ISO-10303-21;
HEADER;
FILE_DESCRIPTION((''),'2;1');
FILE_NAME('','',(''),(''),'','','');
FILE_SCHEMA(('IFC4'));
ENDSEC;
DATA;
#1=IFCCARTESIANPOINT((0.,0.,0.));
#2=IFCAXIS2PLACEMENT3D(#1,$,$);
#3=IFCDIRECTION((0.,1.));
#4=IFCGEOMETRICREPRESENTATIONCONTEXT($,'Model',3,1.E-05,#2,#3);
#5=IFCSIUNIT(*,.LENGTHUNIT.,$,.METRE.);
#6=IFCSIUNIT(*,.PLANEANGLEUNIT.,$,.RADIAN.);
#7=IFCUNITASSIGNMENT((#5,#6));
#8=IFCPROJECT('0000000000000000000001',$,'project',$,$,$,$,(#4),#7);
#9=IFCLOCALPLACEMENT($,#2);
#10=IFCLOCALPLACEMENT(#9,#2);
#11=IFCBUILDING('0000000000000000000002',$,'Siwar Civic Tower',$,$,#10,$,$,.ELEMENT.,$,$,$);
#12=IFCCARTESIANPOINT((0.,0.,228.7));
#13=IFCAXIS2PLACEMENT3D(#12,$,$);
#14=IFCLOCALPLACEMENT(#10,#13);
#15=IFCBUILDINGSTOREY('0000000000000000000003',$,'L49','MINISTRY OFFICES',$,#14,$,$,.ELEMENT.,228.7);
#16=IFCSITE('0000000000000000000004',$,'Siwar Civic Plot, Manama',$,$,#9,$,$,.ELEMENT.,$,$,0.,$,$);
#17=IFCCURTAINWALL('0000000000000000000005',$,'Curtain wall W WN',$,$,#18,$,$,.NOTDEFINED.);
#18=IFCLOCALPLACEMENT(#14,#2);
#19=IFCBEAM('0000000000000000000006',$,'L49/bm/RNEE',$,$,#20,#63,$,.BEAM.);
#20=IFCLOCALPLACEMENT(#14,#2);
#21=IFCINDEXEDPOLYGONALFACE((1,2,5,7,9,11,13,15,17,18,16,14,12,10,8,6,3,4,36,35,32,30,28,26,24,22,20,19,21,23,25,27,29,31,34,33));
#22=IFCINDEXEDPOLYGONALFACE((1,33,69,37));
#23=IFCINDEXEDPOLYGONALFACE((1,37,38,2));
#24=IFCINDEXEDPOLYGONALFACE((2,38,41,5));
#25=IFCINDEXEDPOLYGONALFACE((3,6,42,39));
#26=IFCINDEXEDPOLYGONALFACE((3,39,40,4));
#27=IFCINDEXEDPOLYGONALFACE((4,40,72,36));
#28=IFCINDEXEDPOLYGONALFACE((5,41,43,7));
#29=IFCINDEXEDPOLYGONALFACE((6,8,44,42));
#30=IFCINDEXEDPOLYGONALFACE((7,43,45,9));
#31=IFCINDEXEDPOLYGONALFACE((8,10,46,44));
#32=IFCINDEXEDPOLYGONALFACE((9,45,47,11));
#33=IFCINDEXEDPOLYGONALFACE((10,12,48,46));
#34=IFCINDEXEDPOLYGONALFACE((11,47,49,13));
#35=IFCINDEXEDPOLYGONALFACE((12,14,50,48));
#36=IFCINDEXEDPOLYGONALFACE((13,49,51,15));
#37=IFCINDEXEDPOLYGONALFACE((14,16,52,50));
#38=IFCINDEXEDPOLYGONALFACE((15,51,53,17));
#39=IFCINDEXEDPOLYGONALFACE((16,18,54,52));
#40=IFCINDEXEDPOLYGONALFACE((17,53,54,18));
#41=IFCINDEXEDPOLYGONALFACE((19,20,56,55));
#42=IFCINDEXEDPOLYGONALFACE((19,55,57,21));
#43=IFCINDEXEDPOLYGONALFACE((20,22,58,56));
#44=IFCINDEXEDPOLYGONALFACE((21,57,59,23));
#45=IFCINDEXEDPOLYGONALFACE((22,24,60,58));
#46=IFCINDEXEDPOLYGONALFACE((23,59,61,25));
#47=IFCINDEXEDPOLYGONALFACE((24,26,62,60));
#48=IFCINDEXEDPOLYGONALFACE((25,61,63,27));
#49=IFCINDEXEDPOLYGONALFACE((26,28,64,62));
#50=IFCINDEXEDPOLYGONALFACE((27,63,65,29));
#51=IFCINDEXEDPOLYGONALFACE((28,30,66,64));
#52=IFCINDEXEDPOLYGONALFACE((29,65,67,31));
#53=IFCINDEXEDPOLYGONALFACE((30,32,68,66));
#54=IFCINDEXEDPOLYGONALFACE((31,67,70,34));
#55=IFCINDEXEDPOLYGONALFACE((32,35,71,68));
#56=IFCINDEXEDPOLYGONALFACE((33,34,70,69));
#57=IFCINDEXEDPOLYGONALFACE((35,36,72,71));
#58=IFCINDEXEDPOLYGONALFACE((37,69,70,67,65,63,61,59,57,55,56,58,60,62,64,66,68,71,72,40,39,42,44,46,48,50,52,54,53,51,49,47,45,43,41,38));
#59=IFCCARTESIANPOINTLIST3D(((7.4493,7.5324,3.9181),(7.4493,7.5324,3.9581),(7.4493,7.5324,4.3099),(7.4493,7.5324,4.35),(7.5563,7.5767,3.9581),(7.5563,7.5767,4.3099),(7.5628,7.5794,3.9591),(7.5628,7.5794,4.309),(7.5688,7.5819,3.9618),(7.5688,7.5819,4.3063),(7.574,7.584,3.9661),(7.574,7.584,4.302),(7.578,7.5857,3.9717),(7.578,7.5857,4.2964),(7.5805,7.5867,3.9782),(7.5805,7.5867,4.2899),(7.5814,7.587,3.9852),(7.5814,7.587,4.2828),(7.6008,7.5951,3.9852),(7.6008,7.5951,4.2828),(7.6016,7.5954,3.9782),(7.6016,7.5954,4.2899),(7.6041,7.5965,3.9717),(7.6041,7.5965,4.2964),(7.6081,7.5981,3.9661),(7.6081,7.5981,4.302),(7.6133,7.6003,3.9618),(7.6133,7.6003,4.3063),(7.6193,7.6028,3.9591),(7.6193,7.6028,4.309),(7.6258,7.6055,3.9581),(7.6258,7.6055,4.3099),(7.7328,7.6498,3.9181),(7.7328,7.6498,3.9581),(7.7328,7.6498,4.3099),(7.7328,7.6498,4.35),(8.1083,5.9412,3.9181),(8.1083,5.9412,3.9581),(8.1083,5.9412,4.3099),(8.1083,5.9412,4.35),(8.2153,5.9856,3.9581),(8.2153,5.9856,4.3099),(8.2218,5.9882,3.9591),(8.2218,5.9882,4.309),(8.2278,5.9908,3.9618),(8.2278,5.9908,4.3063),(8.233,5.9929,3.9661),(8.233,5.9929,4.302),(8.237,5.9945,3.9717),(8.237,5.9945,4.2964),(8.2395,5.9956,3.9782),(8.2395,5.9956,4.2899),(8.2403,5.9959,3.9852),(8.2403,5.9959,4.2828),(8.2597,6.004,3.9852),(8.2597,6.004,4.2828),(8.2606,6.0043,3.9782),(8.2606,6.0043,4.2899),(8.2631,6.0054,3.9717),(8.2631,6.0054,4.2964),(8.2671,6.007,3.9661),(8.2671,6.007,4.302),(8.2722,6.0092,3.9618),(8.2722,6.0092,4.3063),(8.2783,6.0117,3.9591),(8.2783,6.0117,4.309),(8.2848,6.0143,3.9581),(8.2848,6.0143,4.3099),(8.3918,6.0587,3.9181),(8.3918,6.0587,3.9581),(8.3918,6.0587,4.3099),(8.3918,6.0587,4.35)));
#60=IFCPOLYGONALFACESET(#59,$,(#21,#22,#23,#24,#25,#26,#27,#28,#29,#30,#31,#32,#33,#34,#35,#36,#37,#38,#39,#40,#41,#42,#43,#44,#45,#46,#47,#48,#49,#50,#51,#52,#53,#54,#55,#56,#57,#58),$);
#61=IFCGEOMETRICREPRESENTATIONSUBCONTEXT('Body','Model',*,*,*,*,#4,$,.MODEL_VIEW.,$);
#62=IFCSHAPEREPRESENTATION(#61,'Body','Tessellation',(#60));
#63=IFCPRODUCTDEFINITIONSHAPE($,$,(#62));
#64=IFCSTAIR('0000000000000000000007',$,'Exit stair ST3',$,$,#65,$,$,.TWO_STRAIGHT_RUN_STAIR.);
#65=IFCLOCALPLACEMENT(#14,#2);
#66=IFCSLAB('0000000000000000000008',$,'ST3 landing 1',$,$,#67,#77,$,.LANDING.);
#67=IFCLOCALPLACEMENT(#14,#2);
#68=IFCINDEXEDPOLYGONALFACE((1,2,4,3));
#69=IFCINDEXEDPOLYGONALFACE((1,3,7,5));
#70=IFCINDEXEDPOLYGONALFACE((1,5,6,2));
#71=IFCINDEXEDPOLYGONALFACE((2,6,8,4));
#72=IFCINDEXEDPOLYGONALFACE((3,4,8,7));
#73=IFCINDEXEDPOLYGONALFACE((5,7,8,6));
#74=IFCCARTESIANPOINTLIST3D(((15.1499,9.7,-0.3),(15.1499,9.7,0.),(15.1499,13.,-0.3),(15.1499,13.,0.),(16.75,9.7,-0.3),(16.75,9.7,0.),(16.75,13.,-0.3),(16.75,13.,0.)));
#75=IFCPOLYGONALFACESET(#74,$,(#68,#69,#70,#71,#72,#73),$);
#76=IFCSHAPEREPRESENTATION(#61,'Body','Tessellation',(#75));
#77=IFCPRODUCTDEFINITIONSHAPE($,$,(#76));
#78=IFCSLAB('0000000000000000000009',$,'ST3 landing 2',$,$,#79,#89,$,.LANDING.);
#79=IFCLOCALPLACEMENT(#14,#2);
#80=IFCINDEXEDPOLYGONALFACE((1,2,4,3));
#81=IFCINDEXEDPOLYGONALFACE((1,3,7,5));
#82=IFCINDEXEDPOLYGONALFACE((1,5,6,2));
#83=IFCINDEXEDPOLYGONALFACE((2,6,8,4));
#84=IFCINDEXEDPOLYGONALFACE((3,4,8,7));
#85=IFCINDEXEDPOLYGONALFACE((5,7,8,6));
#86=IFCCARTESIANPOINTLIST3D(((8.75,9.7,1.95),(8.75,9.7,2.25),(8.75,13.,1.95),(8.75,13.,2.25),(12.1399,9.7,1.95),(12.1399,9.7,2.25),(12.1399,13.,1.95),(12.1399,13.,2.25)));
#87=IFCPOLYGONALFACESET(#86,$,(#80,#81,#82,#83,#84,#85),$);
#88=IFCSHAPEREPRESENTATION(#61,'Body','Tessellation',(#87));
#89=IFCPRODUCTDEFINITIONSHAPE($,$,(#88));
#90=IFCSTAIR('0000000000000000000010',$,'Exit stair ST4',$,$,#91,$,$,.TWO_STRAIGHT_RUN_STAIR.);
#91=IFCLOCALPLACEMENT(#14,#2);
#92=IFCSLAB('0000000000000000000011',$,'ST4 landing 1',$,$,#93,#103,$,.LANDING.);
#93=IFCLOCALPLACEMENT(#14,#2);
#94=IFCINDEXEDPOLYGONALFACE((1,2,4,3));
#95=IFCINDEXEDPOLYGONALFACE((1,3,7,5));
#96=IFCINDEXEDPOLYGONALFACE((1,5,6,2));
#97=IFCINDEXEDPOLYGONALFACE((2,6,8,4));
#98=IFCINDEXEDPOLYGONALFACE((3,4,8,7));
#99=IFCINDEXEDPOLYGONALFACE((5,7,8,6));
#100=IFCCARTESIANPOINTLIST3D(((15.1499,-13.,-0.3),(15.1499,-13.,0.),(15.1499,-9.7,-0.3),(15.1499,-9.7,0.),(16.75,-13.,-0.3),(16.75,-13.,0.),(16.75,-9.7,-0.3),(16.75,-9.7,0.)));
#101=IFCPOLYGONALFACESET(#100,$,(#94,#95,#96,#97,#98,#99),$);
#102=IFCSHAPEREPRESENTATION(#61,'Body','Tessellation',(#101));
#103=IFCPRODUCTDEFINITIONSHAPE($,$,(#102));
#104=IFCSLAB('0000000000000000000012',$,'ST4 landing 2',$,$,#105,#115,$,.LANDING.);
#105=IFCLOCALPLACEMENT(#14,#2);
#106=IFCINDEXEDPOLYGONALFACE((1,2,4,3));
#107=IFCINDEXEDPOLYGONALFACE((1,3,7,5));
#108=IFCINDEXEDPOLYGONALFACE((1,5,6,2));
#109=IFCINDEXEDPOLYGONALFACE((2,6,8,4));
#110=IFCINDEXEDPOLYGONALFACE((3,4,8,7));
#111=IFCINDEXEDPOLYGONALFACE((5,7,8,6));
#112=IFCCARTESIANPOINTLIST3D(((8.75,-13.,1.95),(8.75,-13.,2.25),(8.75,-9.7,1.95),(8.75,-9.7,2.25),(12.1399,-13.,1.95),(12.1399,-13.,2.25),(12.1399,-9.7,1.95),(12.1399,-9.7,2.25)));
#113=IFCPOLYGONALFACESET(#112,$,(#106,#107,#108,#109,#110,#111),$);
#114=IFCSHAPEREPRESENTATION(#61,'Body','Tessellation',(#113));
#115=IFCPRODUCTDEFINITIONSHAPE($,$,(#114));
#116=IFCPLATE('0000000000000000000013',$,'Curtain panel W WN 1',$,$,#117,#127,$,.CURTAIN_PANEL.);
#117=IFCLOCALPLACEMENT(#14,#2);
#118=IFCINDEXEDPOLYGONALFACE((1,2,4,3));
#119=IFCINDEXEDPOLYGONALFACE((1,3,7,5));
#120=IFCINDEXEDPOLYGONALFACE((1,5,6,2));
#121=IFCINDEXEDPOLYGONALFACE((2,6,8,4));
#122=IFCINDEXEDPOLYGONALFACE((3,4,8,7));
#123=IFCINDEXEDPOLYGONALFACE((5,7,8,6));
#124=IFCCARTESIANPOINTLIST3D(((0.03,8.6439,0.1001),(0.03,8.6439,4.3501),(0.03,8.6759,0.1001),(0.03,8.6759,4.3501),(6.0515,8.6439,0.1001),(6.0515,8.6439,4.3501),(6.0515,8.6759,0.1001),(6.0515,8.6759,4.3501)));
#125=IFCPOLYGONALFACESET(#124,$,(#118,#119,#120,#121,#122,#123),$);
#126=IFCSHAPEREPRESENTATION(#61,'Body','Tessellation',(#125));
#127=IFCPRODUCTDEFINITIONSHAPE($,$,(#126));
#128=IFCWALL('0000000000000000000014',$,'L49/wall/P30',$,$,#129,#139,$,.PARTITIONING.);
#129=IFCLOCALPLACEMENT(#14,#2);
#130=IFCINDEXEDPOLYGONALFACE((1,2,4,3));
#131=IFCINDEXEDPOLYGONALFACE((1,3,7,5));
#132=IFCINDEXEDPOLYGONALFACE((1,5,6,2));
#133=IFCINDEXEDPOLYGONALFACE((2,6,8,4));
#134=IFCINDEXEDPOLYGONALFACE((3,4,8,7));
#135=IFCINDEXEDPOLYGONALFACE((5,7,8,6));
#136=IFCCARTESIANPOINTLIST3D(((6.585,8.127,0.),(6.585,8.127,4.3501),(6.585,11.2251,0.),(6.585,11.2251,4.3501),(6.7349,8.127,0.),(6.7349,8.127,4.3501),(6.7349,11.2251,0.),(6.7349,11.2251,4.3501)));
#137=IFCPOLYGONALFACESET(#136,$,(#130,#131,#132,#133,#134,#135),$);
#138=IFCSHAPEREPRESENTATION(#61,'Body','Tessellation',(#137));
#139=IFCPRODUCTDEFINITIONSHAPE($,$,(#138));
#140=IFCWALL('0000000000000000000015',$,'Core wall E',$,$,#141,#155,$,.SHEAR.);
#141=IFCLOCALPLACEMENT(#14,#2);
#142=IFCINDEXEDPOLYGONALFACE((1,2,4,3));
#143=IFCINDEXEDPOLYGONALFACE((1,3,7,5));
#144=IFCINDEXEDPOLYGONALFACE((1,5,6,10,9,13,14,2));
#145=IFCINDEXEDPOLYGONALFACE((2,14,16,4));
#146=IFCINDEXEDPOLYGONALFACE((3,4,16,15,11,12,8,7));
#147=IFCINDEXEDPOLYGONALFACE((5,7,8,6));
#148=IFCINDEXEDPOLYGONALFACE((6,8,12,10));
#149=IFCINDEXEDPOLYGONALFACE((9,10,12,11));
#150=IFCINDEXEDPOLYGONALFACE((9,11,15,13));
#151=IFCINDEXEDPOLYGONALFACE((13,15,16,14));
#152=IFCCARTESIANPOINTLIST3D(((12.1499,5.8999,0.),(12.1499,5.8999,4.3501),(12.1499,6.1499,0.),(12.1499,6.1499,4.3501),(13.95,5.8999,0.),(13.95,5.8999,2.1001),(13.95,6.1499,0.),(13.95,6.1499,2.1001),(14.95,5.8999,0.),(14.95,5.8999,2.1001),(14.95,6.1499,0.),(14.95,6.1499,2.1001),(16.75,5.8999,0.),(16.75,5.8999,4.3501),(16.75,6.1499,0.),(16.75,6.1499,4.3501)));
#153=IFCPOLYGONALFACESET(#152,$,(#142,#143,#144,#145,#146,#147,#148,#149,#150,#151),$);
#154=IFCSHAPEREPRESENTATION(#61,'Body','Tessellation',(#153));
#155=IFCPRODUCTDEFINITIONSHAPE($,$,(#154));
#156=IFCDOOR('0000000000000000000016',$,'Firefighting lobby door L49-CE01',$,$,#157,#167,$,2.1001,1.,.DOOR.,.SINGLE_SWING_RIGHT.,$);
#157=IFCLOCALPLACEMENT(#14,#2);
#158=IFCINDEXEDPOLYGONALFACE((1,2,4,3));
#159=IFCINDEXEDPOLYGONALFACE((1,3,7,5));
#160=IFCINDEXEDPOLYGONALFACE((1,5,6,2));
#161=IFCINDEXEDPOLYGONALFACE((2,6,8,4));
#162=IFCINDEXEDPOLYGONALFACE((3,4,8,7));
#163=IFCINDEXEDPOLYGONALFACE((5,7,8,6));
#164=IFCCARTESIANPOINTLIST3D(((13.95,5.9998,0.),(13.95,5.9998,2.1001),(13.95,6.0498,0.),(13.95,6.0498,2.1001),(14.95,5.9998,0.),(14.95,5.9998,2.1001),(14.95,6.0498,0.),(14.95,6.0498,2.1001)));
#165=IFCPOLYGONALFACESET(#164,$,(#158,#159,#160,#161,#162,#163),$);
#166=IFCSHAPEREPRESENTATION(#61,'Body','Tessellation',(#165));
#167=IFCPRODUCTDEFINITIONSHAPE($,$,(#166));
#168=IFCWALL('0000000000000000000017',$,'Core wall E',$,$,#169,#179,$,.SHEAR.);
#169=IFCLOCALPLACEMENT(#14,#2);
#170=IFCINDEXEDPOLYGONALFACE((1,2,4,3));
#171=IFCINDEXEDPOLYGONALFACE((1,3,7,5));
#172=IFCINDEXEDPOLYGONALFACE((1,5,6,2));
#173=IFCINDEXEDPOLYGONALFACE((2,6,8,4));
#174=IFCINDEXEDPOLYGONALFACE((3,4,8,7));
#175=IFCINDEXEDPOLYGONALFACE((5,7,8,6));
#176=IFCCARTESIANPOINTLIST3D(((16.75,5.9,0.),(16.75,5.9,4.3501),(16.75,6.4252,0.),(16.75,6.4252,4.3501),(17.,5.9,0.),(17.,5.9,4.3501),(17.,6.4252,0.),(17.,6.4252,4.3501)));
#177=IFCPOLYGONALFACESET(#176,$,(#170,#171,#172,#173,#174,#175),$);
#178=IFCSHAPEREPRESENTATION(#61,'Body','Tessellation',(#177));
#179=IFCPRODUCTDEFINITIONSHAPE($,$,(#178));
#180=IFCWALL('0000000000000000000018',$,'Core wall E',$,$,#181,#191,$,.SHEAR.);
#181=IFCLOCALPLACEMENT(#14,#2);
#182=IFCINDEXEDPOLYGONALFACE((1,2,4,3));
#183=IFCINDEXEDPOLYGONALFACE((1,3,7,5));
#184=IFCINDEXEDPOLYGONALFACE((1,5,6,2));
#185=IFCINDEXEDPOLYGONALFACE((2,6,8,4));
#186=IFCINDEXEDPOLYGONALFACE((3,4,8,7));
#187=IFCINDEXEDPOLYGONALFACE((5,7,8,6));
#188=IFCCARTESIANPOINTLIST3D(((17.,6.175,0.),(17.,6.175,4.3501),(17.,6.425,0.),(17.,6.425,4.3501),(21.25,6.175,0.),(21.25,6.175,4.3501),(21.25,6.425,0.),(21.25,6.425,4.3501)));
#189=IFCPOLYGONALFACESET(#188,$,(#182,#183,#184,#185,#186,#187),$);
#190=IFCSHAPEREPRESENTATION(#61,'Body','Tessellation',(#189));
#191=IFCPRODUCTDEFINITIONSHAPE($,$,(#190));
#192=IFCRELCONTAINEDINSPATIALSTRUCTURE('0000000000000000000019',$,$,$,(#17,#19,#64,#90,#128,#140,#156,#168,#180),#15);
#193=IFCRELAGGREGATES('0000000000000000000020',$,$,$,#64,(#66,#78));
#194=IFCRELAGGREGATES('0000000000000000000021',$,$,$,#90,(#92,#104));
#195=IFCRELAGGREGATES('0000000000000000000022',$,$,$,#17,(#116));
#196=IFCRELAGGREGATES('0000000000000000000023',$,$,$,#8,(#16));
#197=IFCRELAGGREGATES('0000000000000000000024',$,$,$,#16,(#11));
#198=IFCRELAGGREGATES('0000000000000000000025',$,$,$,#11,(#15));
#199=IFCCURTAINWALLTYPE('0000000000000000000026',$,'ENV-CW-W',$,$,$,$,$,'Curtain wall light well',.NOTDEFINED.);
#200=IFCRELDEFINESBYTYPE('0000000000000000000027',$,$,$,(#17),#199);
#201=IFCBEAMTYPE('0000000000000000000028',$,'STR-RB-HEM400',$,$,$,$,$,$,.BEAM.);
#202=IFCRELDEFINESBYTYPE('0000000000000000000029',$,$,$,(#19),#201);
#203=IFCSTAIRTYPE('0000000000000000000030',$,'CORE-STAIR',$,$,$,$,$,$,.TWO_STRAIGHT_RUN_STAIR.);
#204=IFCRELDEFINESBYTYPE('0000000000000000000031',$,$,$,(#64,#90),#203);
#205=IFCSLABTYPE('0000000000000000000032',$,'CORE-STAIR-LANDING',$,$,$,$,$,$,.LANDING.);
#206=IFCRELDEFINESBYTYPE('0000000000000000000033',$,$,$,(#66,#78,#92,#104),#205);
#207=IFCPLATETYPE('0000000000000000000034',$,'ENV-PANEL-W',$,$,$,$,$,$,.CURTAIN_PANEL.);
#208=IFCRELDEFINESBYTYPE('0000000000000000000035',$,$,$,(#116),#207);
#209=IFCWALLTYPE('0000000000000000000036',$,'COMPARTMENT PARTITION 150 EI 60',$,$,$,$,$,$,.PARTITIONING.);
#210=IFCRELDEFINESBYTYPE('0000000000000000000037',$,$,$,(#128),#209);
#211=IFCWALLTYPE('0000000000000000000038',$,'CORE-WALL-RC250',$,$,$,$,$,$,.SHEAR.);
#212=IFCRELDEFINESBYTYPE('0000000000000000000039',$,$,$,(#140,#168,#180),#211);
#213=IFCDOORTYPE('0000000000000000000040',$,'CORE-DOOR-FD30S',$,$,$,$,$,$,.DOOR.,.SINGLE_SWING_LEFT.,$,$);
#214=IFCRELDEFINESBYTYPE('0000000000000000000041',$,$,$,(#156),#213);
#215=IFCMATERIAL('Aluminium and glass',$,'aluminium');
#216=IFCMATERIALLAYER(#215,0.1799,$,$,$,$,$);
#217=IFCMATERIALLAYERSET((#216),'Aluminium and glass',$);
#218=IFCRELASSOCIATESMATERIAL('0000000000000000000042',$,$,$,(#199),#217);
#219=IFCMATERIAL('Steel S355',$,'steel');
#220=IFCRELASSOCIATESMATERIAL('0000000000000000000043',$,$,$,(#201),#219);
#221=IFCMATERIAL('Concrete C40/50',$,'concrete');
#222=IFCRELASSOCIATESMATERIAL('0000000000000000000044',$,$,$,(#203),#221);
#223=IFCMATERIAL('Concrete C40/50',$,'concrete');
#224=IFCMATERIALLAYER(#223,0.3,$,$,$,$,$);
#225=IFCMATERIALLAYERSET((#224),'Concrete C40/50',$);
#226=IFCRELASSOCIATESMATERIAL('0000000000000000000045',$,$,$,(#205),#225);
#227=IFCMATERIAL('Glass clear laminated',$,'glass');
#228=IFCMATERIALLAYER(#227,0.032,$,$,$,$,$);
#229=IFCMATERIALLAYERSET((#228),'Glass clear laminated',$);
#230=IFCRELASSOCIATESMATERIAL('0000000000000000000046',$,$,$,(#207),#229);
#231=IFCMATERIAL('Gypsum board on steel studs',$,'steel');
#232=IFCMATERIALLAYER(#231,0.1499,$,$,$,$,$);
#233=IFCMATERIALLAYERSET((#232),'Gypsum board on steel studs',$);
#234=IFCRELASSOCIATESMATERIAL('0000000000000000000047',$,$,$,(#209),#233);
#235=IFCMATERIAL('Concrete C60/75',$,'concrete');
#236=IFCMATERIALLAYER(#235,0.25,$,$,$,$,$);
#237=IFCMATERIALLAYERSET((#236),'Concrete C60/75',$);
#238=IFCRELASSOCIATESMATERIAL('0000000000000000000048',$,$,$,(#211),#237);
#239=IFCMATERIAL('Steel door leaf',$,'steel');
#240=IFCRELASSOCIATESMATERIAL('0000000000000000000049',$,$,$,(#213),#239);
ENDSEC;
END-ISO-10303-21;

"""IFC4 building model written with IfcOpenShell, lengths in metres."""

from ifc_helpers import new_model, si_unit, direction, frame, frame_2d, origin, origin_2d, place, context, subcontext, project, spatial, polyline, rectangle, i_section, outline, extrude, material, layer, layer_set, material_profile, profile_set, type_object, element, fill, aggregate, save


model = new_model("IFC4")

# Units and contexts
model_context = context("Model", 3, precision=1e-05, world=origin(), true_north=direction((0.0, 1.0)))
body_context = subcontext(model_context, "Body", "Model", "MODEL_VIEW")
ifc_project = project(units=[si_unit("LENGTHUNIT", "METRE"), si_unit("PLANEANGLEUNIT", "RADIAN")], contexts=[model_context])

# Site, building, storey
site_placement = place(None, origin())
site = spatial("IfcSite", under=ifc_project, at=site_placement, Name="Siwar Civic Plot, Manama", CompositionType="ELEMENT", RefElevation=0.0)
building_placement = place(site_placement, origin())
building = spatial("IfcBuilding", under=site, at=building_placement, Name="Siwar Civic Tower", CompositionType="ELEMENT")
storey_placement = place(building_placement, frame((0.0, 0.0, 228.7)))
storey = spatial("IfcBuildingStorey", under=building, at=storey_placement, Name="L49", Description="MINISTRY OFFICES", CompositionType="ELEMENT", Elevation=228.7)

# Curtain wall
ifc_material_1 = material(Name="Aluminium and glass", Category="aluminium")
ifc_layer_1 = layer(ifc_material_1, 0.1799)
ifc_layer_set_1 = layer_set([ifc_layer_1], Name="Aluminium and glass")
curtain_wall_type = type_object("IfcCurtainWallType", Name="ENV-CW-W", ElementType="Curtain wall light well", PredefinedType="NOTDEFINED", material=ifc_layer_set_1)
curtain_wall_placement = place(storey_placement, origin())
curtain_wall = element("IfcCurtainWall", 1, at=curtain_wall_placement, inside=storey, type_object=curtain_wall_type, Name="Curtain wall W WN", PredefinedType="NOTDEFINED")

# Beam
ifc_material_2 = material(Name="Steel S355", Category="steel")
ifc_material_profile_1 = material_profile(ifc_material_2, i_section(OverallWidth=0.3069, OverallDepth=0.4319, WebThickness=0.021, FlangeThickness=0.04, FilletRadius=0.0271, at=origin_2d()), Name="HEM400")
ifc_profile_set_1 = profile_set([ifc_material_profile_1], Name="Steel S355")
beam_type_1 = type_object("IfcBeamType", Name="STR-RB-HEM400", PredefinedType="BEAM", material=ifc_profile_set_1)
for number, where, z_axis, x_axis, name in (
    (2, (7.5911, 7.5911, 4.134), (0.382631, -0.923901, 0.0), (0.923901, 0.382631, 0.0), "L49/bm/RNEE"),
):
    element("IfcBeam", number, at=place(storey_placement, frame(where, z_axis=z_axis, x_axis=x_axis)), inside=storey, type_object=beam_type_1, Name=name, PredefinedType="BEAM", context=body_context, shape_type="SweptSolid", body=[
        extrude(i_section(OverallWidth=0.3069, OverallDepth=0.4319, WebThickness=0.021, FlangeThickness=0.04, FilletRadius=0.0271, at=origin_2d()), origin(), (0.0, 0.0, 1.0), 1.7222),
    ])

# Stairs, slabs
ifc_material_3 = material(Name="Concrete C40/50", Category="concrete")
stair_type = type_object("IfcStairType", Name="CORE-STAIR", PredefinedType="TWO_STRAIGHT_RUN_STAIR", material=ifc_material_3)
stair_1_placement = place(storey_placement, origin())
stair_1 = element("IfcStair", 3, at=stair_1_placement, inside=storey, type_object=stair_type, Name="Exit stair ST3", PredefinedType="TWO_STRAIGHT_RUN_STAIR")
ifc_material_4 = material(Name="Concrete C40/50", Category="concrete")
ifc_layer_2 = layer(ifc_material_4, 0.3)
ifc_layer_set_2 = layer_set([ifc_layer_2], Name="Concrete C40/50")
slab_type = type_object("IfcSlabType", Name="CORE-STAIR-LANDING", PredefinedType="LANDING", material=ifc_layer_set_2)
slab_1_placement = place(storey_placement, frame((0.0, 0.0, -0.3)))
slab_1 = element("IfcSlab", 4, at=slab_1_placement, type_object=slab_type, Name="ST3 landing 1", PredefinedType="LANDING", context=body_context, shape_type="SweptSolid", body=[
    extrude(outline(polyline([(15.1499, 9.7), (16.75, 9.7), (16.75, 13.0), (15.1499, 13.0), (15.1499, 9.7)])), origin(), (0.0, 0.0, 1.0), 0.3),
])
slab_2_placement = place(storey_placement, frame((0.0, 0.0, 1.95)))
slab_2 = element("IfcSlab", 5, at=slab_2_placement, type_object=slab_type, Name="ST3 landing 2", PredefinedType="LANDING", context=body_context, shape_type="SweptSolid", body=[
    extrude(outline(polyline([(8.75, 9.7), (12.1399, 9.7), (12.1399, 13.0), (8.75, 13.0), (8.75, 9.7)])), origin(), (0.0, 0.0, 1.0), 0.3),
])
aggregate(stair_1, [slab_1, slab_2])
stair_2_placement = place(storey_placement, origin())
stair_2 = element("IfcStair", 6, at=stair_2_placement, inside=storey, type_object=stair_type, Name="Exit stair ST4", PredefinedType="TWO_STRAIGHT_RUN_STAIR")
slab_3_placement = place(storey_placement, frame((0.0, 0.0, -0.3)))
slab_3 = element("IfcSlab", 7, at=slab_3_placement, type_object=slab_type, Name="ST4 landing 1", PredefinedType="LANDING", context=body_context, shape_type="SweptSolid", body=[
    extrude(outline(polyline([(15.1499, -13.0), (16.75, -13.0), (16.75, -9.7), (15.1499, -9.7), (15.1499, -13.0)])), origin(), (0.0, 0.0, 1.0), 0.3),
])
slab_4_placement = place(storey_placement, frame((0.0, 0.0, 1.95)))
slab_4 = element("IfcSlab", 8, at=slab_4_placement, type_object=slab_type, Name="ST4 landing 2", PredefinedType="LANDING", context=body_context, shape_type="SweptSolid", body=[
    extrude(outline(polyline([(8.75, -13.0), (12.1399, -13.0), (12.1399, -9.7), (8.75, -9.7), (8.75, -13.0)])), origin(), (0.0, 0.0, 1.0), 0.3),
])
aggregate(stair_2, [slab_3, slab_4])

# Plate
ifc_material_5 = material(Name="Glass clear laminated", Category="glass")
ifc_layer_3 = layer(ifc_material_5, 0.032)
ifc_layer_set_3 = layer_set([ifc_layer_3], Name="Glass clear laminated")
plate_type = type_object("IfcPlateType", Name="ENV-PANEL-W", PredefinedType="CURTAIN_PANEL", material=ifc_layer_set_3)
plate_placement = place(storey_placement, frame((3.0408, 8.6599, 0.1001), z_axis=(0.0, 0.0, 1.0), x_axis=(-1.0, 0.0, 0.0)))
plate = element("IfcPlate", 9, at=plate_placement, type_object=plate_type, Name="Curtain panel W WN 1", PredefinedType="CURTAIN_PANEL", context=body_context, shape_type="SweptSolid", body=[
    extrude(rectangle(XDim=6.0215, YDim=0.032, at=origin_2d()), origin(), (0.0, 0.0, 1.0), 4.25),
])
aggregate(curtain_wall, [plate])

# Wall
ifc_material_6 = material(Name="Gypsum board on steel studs", Category="steel")
ifc_layer_4 = layer(ifc_material_6, 0.1499)
ifc_layer_set_4 = layer_set([ifc_layer_4], Name="Gypsum board on steel studs")
wall_type_1 = type_object("IfcWallType", Name="COMPARTMENT PARTITION 150 EI 60", PredefinedType="PARTITIONING", material=ifc_layer_set_4)
wall_1_placement = place(storey_placement, frame((6.6599, 8.127, 0.0), z_axis=(0.0, 0.0, 1.0), x_axis=(0.0, 1.0, 0.0)))
element("IfcWall", 10, at=wall_1_placement, inside=storey, type_object=wall_type_1, Name="L49/wall/P30", PredefinedType="PARTITIONING", context=body_context, shape_type="SweptSolid", body=[
    extrude(rectangle(XDim=3.0981, YDim=0.1499, at=frame_2d((1.5491, 0.0))), origin(), (0.0, 0.0, 1.0), 4.3501),
])

# Wall, opening, door
ifc_material_7 = material(Name="Concrete C60/75", Category="concrete")
ifc_layer_5 = layer(ifc_material_7, 0.25)
ifc_layer_set_5 = layer_set([ifc_layer_5], Name="Concrete C60/75")
wall_type_2 = type_object("IfcWallType", Name="CORE-WALL-RC250", PredefinedType="SHEAR", material=ifc_layer_set_5)
wall_2_placement = place(storey_placement, frame((12.1499, 6.0249, 0.0), z_axis=(0.0, 0.0, 1.0), x_axis=(1.0, 0.0, 0.0)))
wall_2 = element("IfcWall", 11, at=wall_2_placement, inside=storey, type_object=wall_type_2, Name="Core wall E", PredefinedType="SHEAR", context=body_context, shape_type="SweptSolid", body=[
    extrude(rectangle(XDim=4.6001, YDim=0.25, at=frame_2d((2.3, 0.0))), origin(), (0.0, 0.0, 1.0), 4.3501),
])
opening_placement = place(wall_2_placement, frame((1.8, 0.0, 0.0)))
opening = element("IfcOpeningElement", 12, at=opening_placement, cuts=wall_2, PredefinedType="OPENING", context=body_context, shape_type="SweptSolid", body=[
    extrude(rectangle(XDim=1.0, YDim=2.1001, at=frame_2d((0.5, 1.05))), frame((0.0, 0.135, 0.0), z_axis=(0.0, -1.0, 0.0), x_axis=(1.0, 0.0, 0.0)), (0.0, 0.0, 1.0), 0.27),
])
ifc_material_8 = material(Name="Steel door leaf", Category="steel")
door_type = type_object("IfcDoorType", Name="CORE-DOOR-FD30S", OperationType="SINGLE_SWING_LEFT", PredefinedType="DOOR", material=ifc_material_8)
door_placement = place(opening_placement, origin())
door = element("IfcDoor", 13, at=door_placement, inside=storey, type_object=door_type, Name="Firefighting lobby door L49-CE01", OperationType="SINGLE_SWING_RIGHT", OverallHeight=2.1001, OverallWidth=1.0, PredefinedType="DOOR", context=body_context, shape_type="SweptSolid", body=[
    extrude(rectangle(XDim=1.0, YDim=2.1001, at=frame_2d((0.5, 1.05))), frame((0.0, 0.0249, 0.0), z_axis=(0.0, -1.0, 0.0), x_axis=(1.0, 0.0, 0.0)), (0.0, 0.0, 1.0), 0.05),
])
fill(opening, door)

# Walls
wall_3_placement = place(storey_placement, frame((16.875, 5.8999, 0.0), z_axis=(0.0, 0.0, 1.0), x_axis=(0.0, 1.0, 0.0)))
element("IfcWall", 14, at=wall_3_placement, inside=storey, type_object=wall_type_2, Name="Core wall E", PredefinedType="SHEAR", context=body_context, shape_type="SweptSolid", body=[
    extrude(rectangle(XDim=0.5251, YDim=0.25, at=frame_2d((0.2627, 0.0))), origin(), (0.0, 0.0, 1.0), 4.3501),
])
wall_4_placement = place(storey_placement, frame((17.0, 6.3, 0.0), z_axis=(0.0, 0.0, 1.0), x_axis=(1.0, 0.0, 0.0)))
element("IfcWall", 15, at=wall_4_placement, inside=storey, type_object=wall_type_2, Name="Core wall E", PredefinedType="SHEAR", context=body_context, shape_type="SweptSolid", body=[
    extrude(rectangle(XDim=4.25, YDim=0.25, at=frame_2d((2.125, 0.0))), origin(), (0.0, 0.0, 1.0), 4.3501),
])

save(model, "model.ifc")
